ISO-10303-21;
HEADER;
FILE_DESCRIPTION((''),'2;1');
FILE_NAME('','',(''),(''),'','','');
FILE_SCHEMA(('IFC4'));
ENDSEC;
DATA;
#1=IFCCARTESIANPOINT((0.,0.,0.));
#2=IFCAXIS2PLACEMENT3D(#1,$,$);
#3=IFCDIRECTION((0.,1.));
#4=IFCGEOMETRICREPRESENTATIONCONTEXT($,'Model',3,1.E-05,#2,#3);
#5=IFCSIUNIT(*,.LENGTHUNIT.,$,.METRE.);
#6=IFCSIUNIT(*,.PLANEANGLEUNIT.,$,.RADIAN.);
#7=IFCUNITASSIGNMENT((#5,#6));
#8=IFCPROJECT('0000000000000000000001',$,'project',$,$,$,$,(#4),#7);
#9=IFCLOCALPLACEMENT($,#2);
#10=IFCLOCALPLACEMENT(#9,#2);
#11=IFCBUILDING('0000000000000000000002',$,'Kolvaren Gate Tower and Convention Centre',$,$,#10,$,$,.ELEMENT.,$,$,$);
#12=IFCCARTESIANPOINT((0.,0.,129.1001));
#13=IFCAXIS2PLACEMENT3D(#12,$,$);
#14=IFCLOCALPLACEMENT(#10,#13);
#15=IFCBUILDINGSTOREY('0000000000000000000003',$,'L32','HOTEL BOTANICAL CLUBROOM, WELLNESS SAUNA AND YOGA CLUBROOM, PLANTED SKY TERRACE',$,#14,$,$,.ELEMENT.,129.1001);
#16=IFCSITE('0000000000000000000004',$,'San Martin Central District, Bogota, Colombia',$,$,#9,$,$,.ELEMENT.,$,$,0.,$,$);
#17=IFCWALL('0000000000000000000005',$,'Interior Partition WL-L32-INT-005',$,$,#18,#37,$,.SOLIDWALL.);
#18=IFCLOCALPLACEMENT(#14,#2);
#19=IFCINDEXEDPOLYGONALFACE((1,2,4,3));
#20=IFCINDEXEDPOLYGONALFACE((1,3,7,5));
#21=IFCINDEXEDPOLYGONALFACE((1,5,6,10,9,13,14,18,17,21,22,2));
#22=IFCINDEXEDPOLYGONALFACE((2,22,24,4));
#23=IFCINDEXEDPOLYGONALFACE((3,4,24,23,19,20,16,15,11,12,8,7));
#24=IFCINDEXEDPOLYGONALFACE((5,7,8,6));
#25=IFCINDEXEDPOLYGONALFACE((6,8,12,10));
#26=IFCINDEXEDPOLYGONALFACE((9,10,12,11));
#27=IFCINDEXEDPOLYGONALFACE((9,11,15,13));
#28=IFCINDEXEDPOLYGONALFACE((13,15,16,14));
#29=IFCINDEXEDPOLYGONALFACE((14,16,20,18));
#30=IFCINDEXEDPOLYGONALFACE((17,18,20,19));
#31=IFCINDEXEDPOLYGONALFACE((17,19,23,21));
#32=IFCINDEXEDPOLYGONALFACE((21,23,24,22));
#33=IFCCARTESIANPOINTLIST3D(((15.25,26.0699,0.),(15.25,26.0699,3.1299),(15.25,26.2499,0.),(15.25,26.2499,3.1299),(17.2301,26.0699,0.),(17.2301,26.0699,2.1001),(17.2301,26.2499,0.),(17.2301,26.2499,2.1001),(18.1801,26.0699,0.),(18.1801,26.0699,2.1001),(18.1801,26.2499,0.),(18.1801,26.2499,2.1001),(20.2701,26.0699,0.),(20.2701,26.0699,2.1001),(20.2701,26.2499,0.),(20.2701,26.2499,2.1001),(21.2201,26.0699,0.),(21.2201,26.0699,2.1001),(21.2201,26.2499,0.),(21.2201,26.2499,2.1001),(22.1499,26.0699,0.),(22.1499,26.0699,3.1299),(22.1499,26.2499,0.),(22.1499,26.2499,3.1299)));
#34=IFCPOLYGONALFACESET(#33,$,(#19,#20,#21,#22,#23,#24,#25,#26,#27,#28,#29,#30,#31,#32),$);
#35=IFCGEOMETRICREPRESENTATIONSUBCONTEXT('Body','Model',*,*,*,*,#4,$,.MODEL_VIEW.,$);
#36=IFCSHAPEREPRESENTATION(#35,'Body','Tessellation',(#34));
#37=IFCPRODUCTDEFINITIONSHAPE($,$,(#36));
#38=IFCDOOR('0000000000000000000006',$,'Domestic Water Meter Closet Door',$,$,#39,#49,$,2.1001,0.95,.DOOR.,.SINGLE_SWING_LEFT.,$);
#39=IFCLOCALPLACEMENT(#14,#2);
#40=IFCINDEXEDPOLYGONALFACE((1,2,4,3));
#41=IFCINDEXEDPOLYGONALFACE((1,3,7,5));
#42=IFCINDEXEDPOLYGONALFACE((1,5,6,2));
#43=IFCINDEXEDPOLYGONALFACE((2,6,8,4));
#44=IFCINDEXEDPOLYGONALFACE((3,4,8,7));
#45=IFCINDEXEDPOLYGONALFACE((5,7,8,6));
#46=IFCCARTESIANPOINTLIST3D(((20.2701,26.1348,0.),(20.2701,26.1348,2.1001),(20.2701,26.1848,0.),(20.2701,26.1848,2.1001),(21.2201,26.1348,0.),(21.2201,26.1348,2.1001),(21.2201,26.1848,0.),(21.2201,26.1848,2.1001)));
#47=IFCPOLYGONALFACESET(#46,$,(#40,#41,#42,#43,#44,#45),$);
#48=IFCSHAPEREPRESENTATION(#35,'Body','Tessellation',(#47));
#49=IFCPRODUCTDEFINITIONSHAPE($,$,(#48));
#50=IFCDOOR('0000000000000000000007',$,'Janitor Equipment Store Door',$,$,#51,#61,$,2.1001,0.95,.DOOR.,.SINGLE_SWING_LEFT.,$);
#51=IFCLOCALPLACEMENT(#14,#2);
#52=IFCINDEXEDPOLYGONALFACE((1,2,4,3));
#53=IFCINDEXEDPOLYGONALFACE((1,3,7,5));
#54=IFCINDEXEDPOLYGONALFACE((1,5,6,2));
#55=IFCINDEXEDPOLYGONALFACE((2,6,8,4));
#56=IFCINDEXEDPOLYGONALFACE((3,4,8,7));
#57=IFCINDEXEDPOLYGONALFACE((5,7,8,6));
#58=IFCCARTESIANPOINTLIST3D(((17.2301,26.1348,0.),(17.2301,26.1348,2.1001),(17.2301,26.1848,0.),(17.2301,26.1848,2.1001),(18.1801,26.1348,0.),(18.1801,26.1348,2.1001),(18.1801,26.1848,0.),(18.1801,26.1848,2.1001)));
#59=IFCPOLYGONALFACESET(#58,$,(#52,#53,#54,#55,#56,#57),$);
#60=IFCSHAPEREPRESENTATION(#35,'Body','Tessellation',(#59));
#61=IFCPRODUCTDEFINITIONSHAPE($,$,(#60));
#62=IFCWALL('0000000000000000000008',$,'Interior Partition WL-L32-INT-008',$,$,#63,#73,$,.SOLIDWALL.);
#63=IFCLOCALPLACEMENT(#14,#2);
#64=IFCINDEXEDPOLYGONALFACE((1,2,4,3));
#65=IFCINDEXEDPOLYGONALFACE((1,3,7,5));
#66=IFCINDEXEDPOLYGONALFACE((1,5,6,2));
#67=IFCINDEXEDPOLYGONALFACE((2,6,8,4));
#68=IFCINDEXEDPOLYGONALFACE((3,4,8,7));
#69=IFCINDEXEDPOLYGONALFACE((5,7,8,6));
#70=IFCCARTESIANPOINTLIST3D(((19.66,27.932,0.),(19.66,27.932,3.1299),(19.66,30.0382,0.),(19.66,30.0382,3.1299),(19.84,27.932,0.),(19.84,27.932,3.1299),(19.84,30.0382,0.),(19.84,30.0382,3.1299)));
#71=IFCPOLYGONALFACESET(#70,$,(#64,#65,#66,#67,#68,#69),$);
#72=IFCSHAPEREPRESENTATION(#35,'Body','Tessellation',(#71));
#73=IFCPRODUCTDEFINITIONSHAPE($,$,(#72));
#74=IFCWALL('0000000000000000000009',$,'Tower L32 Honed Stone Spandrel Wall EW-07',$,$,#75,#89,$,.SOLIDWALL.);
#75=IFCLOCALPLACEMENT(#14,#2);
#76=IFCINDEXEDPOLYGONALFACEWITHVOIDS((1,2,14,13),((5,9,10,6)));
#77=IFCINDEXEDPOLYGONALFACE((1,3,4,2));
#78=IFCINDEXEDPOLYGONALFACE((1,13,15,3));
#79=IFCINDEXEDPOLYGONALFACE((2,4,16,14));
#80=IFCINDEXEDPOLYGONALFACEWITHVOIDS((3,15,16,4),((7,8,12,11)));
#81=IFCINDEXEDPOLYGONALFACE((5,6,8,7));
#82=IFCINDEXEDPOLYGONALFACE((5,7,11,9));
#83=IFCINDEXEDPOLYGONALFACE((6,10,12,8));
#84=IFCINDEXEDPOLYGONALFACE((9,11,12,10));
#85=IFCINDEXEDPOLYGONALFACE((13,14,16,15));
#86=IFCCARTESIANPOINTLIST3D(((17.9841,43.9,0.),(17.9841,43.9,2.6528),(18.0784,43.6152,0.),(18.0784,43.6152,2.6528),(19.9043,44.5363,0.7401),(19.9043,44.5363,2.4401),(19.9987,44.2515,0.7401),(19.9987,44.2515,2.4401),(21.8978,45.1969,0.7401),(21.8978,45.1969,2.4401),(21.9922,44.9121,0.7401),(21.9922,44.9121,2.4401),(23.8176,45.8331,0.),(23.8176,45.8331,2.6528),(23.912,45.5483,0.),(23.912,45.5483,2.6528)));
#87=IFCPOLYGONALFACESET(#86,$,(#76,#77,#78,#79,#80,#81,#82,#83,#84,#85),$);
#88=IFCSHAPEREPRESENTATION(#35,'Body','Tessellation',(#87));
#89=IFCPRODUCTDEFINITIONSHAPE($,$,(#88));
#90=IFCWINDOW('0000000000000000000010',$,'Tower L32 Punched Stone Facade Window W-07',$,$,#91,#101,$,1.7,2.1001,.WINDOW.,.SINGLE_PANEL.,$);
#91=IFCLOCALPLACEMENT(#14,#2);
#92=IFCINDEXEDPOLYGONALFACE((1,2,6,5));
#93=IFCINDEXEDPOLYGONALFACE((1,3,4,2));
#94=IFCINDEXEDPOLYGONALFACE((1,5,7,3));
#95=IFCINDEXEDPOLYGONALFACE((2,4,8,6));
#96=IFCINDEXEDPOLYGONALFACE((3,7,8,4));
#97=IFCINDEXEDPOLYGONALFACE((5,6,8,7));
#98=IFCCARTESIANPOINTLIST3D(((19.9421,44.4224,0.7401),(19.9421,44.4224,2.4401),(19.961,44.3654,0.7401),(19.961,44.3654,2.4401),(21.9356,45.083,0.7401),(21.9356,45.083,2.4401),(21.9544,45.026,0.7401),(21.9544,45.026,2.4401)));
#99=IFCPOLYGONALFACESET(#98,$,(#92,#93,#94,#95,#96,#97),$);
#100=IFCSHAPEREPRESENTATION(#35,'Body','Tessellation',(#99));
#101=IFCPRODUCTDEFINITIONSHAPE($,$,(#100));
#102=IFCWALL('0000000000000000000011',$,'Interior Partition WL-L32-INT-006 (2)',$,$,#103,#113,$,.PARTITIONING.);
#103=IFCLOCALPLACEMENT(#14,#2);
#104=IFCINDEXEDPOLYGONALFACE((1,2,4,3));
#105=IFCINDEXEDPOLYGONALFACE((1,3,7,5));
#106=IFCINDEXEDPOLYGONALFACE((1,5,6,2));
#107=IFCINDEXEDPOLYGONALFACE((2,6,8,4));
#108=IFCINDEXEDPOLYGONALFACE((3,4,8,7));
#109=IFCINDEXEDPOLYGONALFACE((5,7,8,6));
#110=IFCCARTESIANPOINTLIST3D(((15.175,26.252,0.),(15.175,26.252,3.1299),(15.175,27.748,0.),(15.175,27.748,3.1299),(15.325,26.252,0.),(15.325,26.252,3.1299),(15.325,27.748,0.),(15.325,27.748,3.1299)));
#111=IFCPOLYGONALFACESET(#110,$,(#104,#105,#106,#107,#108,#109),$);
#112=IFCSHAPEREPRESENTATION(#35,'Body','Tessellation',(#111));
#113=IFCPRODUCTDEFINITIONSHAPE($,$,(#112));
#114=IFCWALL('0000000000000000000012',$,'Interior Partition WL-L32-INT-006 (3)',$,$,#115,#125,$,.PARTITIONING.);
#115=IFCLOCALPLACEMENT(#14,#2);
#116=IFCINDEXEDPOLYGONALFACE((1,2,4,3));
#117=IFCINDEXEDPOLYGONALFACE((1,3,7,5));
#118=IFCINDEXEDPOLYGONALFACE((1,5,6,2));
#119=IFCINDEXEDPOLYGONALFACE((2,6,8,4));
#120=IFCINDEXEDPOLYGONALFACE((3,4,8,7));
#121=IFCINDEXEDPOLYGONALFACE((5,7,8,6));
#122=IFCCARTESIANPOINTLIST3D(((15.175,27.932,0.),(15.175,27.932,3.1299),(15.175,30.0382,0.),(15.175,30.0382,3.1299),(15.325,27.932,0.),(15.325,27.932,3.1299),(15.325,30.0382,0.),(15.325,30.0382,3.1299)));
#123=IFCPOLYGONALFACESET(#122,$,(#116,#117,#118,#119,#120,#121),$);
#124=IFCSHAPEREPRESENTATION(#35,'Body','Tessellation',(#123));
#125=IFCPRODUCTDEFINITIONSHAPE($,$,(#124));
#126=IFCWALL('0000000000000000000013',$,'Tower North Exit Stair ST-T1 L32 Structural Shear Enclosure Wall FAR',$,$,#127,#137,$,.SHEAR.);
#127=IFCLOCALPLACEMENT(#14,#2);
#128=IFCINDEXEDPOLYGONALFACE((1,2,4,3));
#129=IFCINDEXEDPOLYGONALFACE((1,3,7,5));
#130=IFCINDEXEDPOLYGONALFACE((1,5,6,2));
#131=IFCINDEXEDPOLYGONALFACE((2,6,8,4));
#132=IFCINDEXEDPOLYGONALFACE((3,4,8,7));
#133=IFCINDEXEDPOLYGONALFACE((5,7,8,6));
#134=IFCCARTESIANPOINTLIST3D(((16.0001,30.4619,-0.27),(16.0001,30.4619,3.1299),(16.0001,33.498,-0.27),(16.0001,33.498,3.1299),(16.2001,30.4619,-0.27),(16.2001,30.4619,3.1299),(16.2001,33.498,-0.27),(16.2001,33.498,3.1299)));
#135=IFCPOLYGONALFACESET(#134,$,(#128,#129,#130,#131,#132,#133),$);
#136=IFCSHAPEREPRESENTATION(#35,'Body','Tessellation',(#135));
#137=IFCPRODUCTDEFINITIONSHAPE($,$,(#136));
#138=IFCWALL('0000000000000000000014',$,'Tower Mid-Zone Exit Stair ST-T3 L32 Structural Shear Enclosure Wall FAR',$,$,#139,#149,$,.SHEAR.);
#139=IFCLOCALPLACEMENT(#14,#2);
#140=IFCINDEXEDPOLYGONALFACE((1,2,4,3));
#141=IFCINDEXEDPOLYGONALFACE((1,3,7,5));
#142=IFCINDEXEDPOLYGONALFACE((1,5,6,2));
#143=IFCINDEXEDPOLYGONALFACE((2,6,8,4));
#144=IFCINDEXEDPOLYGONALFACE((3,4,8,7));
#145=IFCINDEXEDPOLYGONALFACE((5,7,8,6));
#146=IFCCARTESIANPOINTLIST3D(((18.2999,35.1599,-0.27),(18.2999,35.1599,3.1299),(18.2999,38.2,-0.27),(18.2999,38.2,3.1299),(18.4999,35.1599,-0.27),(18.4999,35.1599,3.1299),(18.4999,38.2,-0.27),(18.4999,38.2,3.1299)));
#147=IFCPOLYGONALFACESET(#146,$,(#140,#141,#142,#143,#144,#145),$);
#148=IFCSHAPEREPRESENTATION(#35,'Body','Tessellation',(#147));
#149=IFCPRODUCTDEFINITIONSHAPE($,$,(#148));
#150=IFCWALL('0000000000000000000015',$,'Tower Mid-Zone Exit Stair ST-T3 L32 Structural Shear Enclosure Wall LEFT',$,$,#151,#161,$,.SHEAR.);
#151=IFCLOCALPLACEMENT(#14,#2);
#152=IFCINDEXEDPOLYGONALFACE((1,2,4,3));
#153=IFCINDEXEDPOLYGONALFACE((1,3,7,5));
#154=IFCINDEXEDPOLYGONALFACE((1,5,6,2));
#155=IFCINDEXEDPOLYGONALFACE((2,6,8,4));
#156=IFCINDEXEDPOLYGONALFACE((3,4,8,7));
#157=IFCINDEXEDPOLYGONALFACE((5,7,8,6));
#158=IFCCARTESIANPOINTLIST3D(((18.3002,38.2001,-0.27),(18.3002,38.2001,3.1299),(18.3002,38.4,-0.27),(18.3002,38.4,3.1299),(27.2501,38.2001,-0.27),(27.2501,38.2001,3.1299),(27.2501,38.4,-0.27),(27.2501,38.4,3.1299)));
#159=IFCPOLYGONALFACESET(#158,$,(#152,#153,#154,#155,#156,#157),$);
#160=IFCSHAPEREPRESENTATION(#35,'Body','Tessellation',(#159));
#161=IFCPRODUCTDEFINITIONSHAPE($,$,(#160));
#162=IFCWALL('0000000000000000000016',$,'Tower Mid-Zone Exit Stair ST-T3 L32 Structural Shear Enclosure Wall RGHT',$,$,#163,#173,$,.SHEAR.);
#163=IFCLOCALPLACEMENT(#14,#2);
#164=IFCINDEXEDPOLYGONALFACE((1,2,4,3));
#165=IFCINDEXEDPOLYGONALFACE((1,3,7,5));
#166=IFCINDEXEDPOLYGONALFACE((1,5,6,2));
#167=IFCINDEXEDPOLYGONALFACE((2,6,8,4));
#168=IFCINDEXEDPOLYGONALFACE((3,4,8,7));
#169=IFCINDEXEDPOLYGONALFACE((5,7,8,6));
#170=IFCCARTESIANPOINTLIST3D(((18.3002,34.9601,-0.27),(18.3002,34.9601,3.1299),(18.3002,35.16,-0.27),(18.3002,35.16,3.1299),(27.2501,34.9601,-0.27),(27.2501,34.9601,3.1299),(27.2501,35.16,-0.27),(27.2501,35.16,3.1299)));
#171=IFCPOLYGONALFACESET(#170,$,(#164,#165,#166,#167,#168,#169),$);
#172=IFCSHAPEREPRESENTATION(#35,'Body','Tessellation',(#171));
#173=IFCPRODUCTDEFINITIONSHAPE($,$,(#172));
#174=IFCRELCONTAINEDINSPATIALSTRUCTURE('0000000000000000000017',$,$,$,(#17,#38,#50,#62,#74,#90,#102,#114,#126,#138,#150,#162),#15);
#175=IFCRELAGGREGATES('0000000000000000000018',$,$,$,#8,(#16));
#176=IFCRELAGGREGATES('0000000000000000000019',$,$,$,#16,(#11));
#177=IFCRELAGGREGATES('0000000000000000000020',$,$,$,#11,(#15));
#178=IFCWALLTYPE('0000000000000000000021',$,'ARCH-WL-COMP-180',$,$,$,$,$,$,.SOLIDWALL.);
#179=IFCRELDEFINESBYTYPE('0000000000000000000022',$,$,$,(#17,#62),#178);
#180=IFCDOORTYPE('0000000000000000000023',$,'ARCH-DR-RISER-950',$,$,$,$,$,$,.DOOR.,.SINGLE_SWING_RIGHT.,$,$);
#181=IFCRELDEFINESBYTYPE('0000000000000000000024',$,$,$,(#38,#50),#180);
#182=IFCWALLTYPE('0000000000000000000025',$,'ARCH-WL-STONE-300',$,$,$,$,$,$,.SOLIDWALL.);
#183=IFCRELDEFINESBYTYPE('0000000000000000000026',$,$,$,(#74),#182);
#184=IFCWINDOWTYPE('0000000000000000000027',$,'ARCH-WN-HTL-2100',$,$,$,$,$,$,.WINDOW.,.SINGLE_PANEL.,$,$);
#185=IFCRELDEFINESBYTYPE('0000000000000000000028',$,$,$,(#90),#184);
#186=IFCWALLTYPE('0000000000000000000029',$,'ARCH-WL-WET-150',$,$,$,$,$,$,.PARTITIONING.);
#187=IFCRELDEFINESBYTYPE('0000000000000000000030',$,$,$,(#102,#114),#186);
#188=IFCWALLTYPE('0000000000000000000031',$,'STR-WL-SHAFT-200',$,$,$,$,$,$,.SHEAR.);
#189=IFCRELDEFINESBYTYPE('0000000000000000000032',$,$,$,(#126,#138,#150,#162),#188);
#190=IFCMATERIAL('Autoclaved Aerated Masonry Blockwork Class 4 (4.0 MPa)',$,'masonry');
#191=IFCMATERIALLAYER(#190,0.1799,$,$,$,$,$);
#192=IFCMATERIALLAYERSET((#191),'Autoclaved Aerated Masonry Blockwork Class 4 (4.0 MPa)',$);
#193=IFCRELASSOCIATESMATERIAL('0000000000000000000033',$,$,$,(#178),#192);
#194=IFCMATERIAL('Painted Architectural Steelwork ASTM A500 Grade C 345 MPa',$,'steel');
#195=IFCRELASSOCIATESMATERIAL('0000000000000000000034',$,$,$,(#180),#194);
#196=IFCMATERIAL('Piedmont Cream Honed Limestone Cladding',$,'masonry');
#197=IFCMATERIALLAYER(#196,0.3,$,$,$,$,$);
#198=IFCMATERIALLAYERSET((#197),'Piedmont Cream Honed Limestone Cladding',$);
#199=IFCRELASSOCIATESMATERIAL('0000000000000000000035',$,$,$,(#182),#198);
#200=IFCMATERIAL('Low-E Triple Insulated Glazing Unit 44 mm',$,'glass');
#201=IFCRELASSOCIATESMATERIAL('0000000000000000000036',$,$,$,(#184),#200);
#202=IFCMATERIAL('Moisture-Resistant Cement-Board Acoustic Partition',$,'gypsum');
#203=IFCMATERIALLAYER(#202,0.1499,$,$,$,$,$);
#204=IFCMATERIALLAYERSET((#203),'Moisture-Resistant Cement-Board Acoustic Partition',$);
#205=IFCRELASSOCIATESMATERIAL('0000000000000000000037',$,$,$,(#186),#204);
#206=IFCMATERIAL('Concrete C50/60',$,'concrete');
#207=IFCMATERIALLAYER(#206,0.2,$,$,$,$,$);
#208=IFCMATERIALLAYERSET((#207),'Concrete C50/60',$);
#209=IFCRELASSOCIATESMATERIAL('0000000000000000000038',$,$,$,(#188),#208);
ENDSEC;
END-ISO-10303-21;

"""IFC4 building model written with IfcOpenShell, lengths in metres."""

from ifc_helpers import new_model, si_unit, direction, frame, frame_2d, origin, place, context, subcontext, project, spatial, rectangle, extrude, material, layer, layer_set, type_object, element, fill, save


model = new_model("IFC4")

# Units and contexts
model_context = context("Model", 3, precision=1e-05, world=origin(), true_north=direction((0.0, 1.0)))
body_context = subcontext(model_context, "Body", "Model", "MODEL_VIEW")
ifc_project = project(units=[si_unit("LENGTHUNIT", "METRE"), si_unit("PLANEANGLEUNIT", "RADIAN")], contexts=[model_context])

# Site, building, storey
site_placement = place(None, origin())
site = spatial("IfcSite", under=ifc_project, at=site_placement, Name="San Martin Central District, Bogota, Colombia", CompositionType="ELEMENT", RefElevation=0.0)
building_placement = place(site_placement, origin())
building = spatial("IfcBuilding", under=site, at=building_placement, Name="Kolvaren Gate Tower and Convention Centre", CompositionType="ELEMENT")
storey_placement = place(building_placement, frame((0.0, 0.0, 129.1001)))
storey = spatial("IfcBuildingStorey", under=building, at=storey_placement, Name="L32", Description="HOTEL BOTANICAL CLUBROOM, WELLNESS SAUNA AND YOGA CLUBROOM, PLANTED SKY TERRACE", CompositionType="ELEMENT", Elevation=129.1001)

# Wall, openings, doors
ifc_material_1 = material(Name="Autoclaved Aerated Masonry Blockwork Class 4 (4.0 MPa)", Category="masonry")
ifc_layer_1 = layer(ifc_material_1, 0.1799)
ifc_layer_set_1 = layer_set([ifc_layer_1], Name="Autoclaved Aerated Masonry Blockwork Class 4 (4.0 MPa)")
wall_type_1 = type_object("IfcWallType", Name="ARCH-WL-COMP-180", PredefinedType="SOLIDWALL", material=ifc_layer_set_1)
ifc_material_2 = material(Name="Painted Architectural Steelwork ASTM A500 Grade C 345 MPa", Category="steel")
door_type = type_object("IfcDoorType", Name="ARCH-DR-RISER-950", OperationType="SINGLE_SWING_RIGHT", PredefinedType="DOOR", material=ifc_material_2)
wall_1_placement = place(storey_placement, frame((15.25, 26.1599, 0.0), z_axis=(0.0, 0.0, 1.0), x_axis=(1.0, 0.0, 0.0)))
wall_1 = element("IfcWall", 1, at=wall_1_placement, inside=storey, type_object=wall_type_1, Name="Interior Partition WL-L32-INT-005", PredefinedType="SOLIDWALL", context=body_context, shape_type="SweptSolid", body=[
    extrude(rectangle(XDim=6.8999, YDim=0.1799, at=frame_2d((3.45, 0.0))), origin(), (0.0, 0.0, 1.0), 3.1299),
])
opening_1_placement = place(wall_1_placement, frame((5.02, 0.0, 0.0)))
opening_1 = element("IfcOpeningElement", 2, at=opening_1_placement, cuts=wall_1, PredefinedType="OPENING", context=body_context, shape_type="SweptSolid", body=[
    extrude(rectangle(XDim=0.95, YDim=2.1001, at=frame_2d((0.4751, 1.05))), frame((0.0, 0.0999, 0.0), z_axis=(0.0, -1.0, 0.0), x_axis=(1.0, 0.0, 0.0)), (0.0, 0.0, 1.0), 0.2),
])
opening_2_placement = place(wall_1_placement, frame((1.98, 0.0, 0.0)))
opening_2 = element("IfcOpeningElement", 3, at=opening_2_placement, cuts=wall_1, PredefinedType="OPENING", context=body_context, shape_type="SweptSolid", body=[
    extrude(rectangle(XDim=0.95, YDim=2.1001, at=frame_2d((0.4751, 1.05))), frame((0.0, 0.0999, 0.0), z_axis=(0.0, -1.0, 0.0), x_axis=(1.0, 0.0, 0.0)), (0.0, 0.0, 1.0), 0.2),
])
door_1_placement = place(opening_1_placement, origin())
door_1 = element("IfcDoor", 4, at=door_1_placement, inside=storey, type_object=door_type, Name="Domestic Water Meter Closet Door", OperationType="SINGLE_SWING_LEFT", OverallHeight=2.1001, OverallWidth=0.95, PredefinedType="DOOR", context=body_context, shape_type="SweptSolid", body=[
    extrude(rectangle(XDim=0.95, YDim=2.1001, at=frame_2d((0.4751, 1.05))), frame((0.0, 0.0249, 0.0), z_axis=(0.0, -1.0, 0.0), x_axis=(1.0, 0.0, 0.0)), (0.0, 0.0, 1.0), 0.05),
])
fill(opening_1, door_1)
door_2_placement = place(opening_2_placement, origin())
door_2 = element("IfcDoor", 5, at=door_2_placement, inside=storey, type_object=door_type, Name="Janitor Equipment Store Door", OperationType="SINGLE_SWING_LEFT", OverallHeight=2.1001, OverallWidth=0.95, PredefinedType="DOOR", context=body_context, shape_type="SweptSolid", body=[
    extrude(rectangle(XDim=0.95, YDim=2.1001, at=frame_2d((0.4751, 1.05))), frame((0.0, 0.0249, 0.0), z_axis=(0.0, -1.0, 0.0), x_axis=(1.0, 0.0, 0.0)), (0.0, 0.0, 1.0), 0.05),
])
fill(opening_2, door_2)

# Wall
wall_2_placement = place(storey_placement, frame((19.75, 27.9319, 0.0), z_axis=(0.0, 0.0, 1.0), x_axis=(0.0, 1.0, 0.0)))
element("IfcWall", 6, at=wall_2_placement, inside=storey, type_object=wall_type_1, Name="Interior Partition WL-L32-INT-008", PredefinedType="SOLIDWALL", context=body_context, shape_type="SweptSolid", body=[
    extrude(rectangle(XDim=2.1062, YDim=0.1799, at=frame_2d((1.0532, 0.0))), origin(), (0.0, 0.0, 1.0), 3.1299),
])

# Wall, opening, window
ifc_material_3 = material(Name="Piedmont Cream Honed Limestone Cladding", Category="masonry")
ifc_layer_2 = layer(ifc_material_3, 0.3)
ifc_layer_set_2 = layer_set([ifc_layer_2], Name="Piedmont Cream Honed Limestone Cladding")
wall_type_2 = type_object("IfcWallType", Name="ARCH-WL-STONE-300", PredefinedType="SOLIDWALL", material=ifc_layer_set_2)
wall_3_placement = place(storey_placement, frame((18.0312, 43.7576, 0.0), z_axis=(0.0, 0.0, 1.0), x_axis=(0.949238, 0.314559, 0.0)))
wall_3 = element("IfcWall", 7, at=wall_3_placement, inside=storey, type_object=wall_type_2, Name="Tower L32 Honed Stone Spandrel Wall EW-07", PredefinedType="SOLIDWALL", context=body_context, shape_type="SweptSolid", body=[
    extrude(rectangle(XDim=6.1455, YDim=0.3, at=frame_2d((3.0728, 0.0))), origin(), (0.0, 0.0, 1.0), 2.6528),
])
opening_3_placement = place(wall_3_placement, frame((2.0229, 0.0, 0.74)))
opening_3 = element("IfcOpeningElement", 8, at=opening_3_placement, cuts=wall_3, PredefinedType="OPENING", context=body_context, shape_type="SweptSolid", body=[
    extrude(rectangle(XDim=2.1001, YDim=1.7, at=frame_2d((1.05, 0.8501))), frame((0.0, 0.1599, 0.0), z_axis=(0.0, -1.0, 0.0), x_axis=(1.0, 0.0, 0.0)), (0.0, 0.0, 1.0), 0.3201),
])
ifc_material_4 = material(Name="Low-E Triple Insulated Glazing Unit 44 mm", Category="glass")
window_type = type_object("IfcWindowType", Name="ARCH-WN-HTL-2100", PartitioningType="SINGLE_PANEL", PredefinedType="WINDOW", material=ifc_material_4)
window_placement = place(opening_3_placement, origin())
window = element("IfcWindow", 9, at=window_placement, inside=storey, type_object=window_type, Name="Tower L32 Punched Stone Facade Window W-07", OverallHeight=1.7, OverallWidth=2.1001, PartitioningType="SINGLE_PANEL", PredefinedType="WINDOW", context=body_context, shape_type="SweptSolid", body=[
    extrude(rectangle(XDim=2.1001, YDim=1.7, at=frame_2d((1.05, 0.8501))), frame((0.0, 0.03, 0.0), z_axis=(0.0, -1.0, 0.0), x_axis=(1.0, 0.0, 0.0)), (0.0, 0.0, 1.0), 0.0601),
])
fill(opening_3, window)

# Walls
ifc_material_5 = material(Name="Moisture-Resistant Cement-Board Acoustic Partition", Category="gypsum")
ifc_layer_3 = layer(ifc_material_5, 0.1499)
ifc_layer_set_3 = layer_set([ifc_layer_3], Name="Moisture-Resistant Cement-Board Acoustic Partition")
wall_type_3 = type_object("IfcWallType", Name="ARCH-WL-WET-150", PredefinedType="PARTITIONING", material=ifc_layer_set_3)
wall_4_placement = place(storey_placement, frame((15.25, 26.252, 0.0), z_axis=(0.0, 0.0, 1.0), x_axis=(0.0, 1.0, 0.0)))
element("IfcWall", 10, at=wall_4_placement, inside=storey, type_object=wall_type_3, Name="Interior Partition WL-L32-INT-006 (2)", PredefinedType="PARTITIONING", context=body_context, shape_type="SweptSolid", body=[
    extrude(rectangle(XDim=1.4961, YDim=0.1499, at=frame_2d((0.748, 0.0))), origin(), (0.0, 0.0, 1.0), 3.1299),
])
wall_5_placement = place(storey_placement, frame((15.25, 27.9319, 0.0), z_axis=(0.0, 0.0, 1.0), x_axis=(0.0, 1.0, 0.0)))
element("IfcWall", 11, at=wall_5_placement, inside=storey, type_object=wall_type_3, Name="Interior Partition WL-L32-INT-006 (3)", PredefinedType="PARTITIONING", context=body_context, shape_type="SweptSolid", body=[
    extrude(rectangle(XDim=2.1062, YDim=0.1499, at=frame_2d((1.0532, 0.0))), origin(), (0.0, 0.0, 1.0), 3.1299),
])
ifc_material_6 = material(Name="Concrete C50/60", Category="concrete")
ifc_layer_4 = layer(ifc_material_6, 0.2)
ifc_layer_set_4 = layer_set([ifc_layer_4], Name="Concrete C50/60")
wall_type_4 = type_object("IfcWallType", Name="STR-WL-SHAFT-200", PredefinedType="SHEAR", material=ifc_layer_set_4)
wall_6_placement = place(storey_placement, frame((16.1001, 30.4619, -0.27), z_axis=(0.0, 0.0, 1.0), x_axis=(0.0, 1.0, 0.0)))
element("IfcWall", 12, at=wall_6_placement, inside=storey, type_object=wall_type_4, Name="Tower North Exit Stair ST-T1 L32 Structural Shear Enclosure Wall FAR", PredefinedType="SHEAR", context=body_context, shape_type="SweptSolid", body=[
    extrude(rectangle(XDim=3.0361, YDim=0.2, at=frame_2d((1.5181, 0.0))), origin(), (0.0, 0.0, 1.0), 3.3999),
])
wall_7_placement = place(storey_placement, frame((18.3999, 35.1599, -0.27), z_axis=(0.0, 0.0, 1.0), x_axis=(0.0, 1.0, 0.0)))
element("IfcWall", 13, at=wall_7_placement, inside=storey, type_object=wall_type_4, Name="Tower Mid-Zone Exit Stair ST-T3 L32 Structural Shear Enclosure Wall FAR", PredefinedType="SHEAR", context=body_context, shape_type="SweptSolid", body=[
    extrude(rectangle(XDim=3.04, YDim=0.2, at=frame_2d((1.52, 0.0))), origin(), (0.0, 0.0, 1.0), 3.3999),
])
for number, where, z_axis, x_axis, name in (
    (14, (18.3, 38.3, -0.27), (0.0, 0.0, 1.0), (1.0, 0.0, 0.0), "Tower Mid-Zone Exit Stair ST-T3 L32 Structural Shear Enclosure Wall LEFT"),
    (15, (18.3, 35.0601, -0.27), (0.0, 0.0, 1.0), (1.0, 0.0, 0.0), "Tower Mid-Zone Exit Stair ST-T3 L32 Structural Shear Enclosure Wall RGHT"),
):
    element("IfcWall", number, at=place(storey_placement, frame(where, z_axis=z_axis, x_axis=x_axis)), inside=storey, type_object=wall_type_4, Name=name, PredefinedType="SHEAR", context=body_context, shape_type="SweptSolid", body=[
        extrude(rectangle(XDim=8.95, YDim=0.2, at=frame_2d((4.4751, 0.0))), origin(), (0.0, 0.0, 1.0), 3.3999),
    ])

save(model, "model.ifc")
